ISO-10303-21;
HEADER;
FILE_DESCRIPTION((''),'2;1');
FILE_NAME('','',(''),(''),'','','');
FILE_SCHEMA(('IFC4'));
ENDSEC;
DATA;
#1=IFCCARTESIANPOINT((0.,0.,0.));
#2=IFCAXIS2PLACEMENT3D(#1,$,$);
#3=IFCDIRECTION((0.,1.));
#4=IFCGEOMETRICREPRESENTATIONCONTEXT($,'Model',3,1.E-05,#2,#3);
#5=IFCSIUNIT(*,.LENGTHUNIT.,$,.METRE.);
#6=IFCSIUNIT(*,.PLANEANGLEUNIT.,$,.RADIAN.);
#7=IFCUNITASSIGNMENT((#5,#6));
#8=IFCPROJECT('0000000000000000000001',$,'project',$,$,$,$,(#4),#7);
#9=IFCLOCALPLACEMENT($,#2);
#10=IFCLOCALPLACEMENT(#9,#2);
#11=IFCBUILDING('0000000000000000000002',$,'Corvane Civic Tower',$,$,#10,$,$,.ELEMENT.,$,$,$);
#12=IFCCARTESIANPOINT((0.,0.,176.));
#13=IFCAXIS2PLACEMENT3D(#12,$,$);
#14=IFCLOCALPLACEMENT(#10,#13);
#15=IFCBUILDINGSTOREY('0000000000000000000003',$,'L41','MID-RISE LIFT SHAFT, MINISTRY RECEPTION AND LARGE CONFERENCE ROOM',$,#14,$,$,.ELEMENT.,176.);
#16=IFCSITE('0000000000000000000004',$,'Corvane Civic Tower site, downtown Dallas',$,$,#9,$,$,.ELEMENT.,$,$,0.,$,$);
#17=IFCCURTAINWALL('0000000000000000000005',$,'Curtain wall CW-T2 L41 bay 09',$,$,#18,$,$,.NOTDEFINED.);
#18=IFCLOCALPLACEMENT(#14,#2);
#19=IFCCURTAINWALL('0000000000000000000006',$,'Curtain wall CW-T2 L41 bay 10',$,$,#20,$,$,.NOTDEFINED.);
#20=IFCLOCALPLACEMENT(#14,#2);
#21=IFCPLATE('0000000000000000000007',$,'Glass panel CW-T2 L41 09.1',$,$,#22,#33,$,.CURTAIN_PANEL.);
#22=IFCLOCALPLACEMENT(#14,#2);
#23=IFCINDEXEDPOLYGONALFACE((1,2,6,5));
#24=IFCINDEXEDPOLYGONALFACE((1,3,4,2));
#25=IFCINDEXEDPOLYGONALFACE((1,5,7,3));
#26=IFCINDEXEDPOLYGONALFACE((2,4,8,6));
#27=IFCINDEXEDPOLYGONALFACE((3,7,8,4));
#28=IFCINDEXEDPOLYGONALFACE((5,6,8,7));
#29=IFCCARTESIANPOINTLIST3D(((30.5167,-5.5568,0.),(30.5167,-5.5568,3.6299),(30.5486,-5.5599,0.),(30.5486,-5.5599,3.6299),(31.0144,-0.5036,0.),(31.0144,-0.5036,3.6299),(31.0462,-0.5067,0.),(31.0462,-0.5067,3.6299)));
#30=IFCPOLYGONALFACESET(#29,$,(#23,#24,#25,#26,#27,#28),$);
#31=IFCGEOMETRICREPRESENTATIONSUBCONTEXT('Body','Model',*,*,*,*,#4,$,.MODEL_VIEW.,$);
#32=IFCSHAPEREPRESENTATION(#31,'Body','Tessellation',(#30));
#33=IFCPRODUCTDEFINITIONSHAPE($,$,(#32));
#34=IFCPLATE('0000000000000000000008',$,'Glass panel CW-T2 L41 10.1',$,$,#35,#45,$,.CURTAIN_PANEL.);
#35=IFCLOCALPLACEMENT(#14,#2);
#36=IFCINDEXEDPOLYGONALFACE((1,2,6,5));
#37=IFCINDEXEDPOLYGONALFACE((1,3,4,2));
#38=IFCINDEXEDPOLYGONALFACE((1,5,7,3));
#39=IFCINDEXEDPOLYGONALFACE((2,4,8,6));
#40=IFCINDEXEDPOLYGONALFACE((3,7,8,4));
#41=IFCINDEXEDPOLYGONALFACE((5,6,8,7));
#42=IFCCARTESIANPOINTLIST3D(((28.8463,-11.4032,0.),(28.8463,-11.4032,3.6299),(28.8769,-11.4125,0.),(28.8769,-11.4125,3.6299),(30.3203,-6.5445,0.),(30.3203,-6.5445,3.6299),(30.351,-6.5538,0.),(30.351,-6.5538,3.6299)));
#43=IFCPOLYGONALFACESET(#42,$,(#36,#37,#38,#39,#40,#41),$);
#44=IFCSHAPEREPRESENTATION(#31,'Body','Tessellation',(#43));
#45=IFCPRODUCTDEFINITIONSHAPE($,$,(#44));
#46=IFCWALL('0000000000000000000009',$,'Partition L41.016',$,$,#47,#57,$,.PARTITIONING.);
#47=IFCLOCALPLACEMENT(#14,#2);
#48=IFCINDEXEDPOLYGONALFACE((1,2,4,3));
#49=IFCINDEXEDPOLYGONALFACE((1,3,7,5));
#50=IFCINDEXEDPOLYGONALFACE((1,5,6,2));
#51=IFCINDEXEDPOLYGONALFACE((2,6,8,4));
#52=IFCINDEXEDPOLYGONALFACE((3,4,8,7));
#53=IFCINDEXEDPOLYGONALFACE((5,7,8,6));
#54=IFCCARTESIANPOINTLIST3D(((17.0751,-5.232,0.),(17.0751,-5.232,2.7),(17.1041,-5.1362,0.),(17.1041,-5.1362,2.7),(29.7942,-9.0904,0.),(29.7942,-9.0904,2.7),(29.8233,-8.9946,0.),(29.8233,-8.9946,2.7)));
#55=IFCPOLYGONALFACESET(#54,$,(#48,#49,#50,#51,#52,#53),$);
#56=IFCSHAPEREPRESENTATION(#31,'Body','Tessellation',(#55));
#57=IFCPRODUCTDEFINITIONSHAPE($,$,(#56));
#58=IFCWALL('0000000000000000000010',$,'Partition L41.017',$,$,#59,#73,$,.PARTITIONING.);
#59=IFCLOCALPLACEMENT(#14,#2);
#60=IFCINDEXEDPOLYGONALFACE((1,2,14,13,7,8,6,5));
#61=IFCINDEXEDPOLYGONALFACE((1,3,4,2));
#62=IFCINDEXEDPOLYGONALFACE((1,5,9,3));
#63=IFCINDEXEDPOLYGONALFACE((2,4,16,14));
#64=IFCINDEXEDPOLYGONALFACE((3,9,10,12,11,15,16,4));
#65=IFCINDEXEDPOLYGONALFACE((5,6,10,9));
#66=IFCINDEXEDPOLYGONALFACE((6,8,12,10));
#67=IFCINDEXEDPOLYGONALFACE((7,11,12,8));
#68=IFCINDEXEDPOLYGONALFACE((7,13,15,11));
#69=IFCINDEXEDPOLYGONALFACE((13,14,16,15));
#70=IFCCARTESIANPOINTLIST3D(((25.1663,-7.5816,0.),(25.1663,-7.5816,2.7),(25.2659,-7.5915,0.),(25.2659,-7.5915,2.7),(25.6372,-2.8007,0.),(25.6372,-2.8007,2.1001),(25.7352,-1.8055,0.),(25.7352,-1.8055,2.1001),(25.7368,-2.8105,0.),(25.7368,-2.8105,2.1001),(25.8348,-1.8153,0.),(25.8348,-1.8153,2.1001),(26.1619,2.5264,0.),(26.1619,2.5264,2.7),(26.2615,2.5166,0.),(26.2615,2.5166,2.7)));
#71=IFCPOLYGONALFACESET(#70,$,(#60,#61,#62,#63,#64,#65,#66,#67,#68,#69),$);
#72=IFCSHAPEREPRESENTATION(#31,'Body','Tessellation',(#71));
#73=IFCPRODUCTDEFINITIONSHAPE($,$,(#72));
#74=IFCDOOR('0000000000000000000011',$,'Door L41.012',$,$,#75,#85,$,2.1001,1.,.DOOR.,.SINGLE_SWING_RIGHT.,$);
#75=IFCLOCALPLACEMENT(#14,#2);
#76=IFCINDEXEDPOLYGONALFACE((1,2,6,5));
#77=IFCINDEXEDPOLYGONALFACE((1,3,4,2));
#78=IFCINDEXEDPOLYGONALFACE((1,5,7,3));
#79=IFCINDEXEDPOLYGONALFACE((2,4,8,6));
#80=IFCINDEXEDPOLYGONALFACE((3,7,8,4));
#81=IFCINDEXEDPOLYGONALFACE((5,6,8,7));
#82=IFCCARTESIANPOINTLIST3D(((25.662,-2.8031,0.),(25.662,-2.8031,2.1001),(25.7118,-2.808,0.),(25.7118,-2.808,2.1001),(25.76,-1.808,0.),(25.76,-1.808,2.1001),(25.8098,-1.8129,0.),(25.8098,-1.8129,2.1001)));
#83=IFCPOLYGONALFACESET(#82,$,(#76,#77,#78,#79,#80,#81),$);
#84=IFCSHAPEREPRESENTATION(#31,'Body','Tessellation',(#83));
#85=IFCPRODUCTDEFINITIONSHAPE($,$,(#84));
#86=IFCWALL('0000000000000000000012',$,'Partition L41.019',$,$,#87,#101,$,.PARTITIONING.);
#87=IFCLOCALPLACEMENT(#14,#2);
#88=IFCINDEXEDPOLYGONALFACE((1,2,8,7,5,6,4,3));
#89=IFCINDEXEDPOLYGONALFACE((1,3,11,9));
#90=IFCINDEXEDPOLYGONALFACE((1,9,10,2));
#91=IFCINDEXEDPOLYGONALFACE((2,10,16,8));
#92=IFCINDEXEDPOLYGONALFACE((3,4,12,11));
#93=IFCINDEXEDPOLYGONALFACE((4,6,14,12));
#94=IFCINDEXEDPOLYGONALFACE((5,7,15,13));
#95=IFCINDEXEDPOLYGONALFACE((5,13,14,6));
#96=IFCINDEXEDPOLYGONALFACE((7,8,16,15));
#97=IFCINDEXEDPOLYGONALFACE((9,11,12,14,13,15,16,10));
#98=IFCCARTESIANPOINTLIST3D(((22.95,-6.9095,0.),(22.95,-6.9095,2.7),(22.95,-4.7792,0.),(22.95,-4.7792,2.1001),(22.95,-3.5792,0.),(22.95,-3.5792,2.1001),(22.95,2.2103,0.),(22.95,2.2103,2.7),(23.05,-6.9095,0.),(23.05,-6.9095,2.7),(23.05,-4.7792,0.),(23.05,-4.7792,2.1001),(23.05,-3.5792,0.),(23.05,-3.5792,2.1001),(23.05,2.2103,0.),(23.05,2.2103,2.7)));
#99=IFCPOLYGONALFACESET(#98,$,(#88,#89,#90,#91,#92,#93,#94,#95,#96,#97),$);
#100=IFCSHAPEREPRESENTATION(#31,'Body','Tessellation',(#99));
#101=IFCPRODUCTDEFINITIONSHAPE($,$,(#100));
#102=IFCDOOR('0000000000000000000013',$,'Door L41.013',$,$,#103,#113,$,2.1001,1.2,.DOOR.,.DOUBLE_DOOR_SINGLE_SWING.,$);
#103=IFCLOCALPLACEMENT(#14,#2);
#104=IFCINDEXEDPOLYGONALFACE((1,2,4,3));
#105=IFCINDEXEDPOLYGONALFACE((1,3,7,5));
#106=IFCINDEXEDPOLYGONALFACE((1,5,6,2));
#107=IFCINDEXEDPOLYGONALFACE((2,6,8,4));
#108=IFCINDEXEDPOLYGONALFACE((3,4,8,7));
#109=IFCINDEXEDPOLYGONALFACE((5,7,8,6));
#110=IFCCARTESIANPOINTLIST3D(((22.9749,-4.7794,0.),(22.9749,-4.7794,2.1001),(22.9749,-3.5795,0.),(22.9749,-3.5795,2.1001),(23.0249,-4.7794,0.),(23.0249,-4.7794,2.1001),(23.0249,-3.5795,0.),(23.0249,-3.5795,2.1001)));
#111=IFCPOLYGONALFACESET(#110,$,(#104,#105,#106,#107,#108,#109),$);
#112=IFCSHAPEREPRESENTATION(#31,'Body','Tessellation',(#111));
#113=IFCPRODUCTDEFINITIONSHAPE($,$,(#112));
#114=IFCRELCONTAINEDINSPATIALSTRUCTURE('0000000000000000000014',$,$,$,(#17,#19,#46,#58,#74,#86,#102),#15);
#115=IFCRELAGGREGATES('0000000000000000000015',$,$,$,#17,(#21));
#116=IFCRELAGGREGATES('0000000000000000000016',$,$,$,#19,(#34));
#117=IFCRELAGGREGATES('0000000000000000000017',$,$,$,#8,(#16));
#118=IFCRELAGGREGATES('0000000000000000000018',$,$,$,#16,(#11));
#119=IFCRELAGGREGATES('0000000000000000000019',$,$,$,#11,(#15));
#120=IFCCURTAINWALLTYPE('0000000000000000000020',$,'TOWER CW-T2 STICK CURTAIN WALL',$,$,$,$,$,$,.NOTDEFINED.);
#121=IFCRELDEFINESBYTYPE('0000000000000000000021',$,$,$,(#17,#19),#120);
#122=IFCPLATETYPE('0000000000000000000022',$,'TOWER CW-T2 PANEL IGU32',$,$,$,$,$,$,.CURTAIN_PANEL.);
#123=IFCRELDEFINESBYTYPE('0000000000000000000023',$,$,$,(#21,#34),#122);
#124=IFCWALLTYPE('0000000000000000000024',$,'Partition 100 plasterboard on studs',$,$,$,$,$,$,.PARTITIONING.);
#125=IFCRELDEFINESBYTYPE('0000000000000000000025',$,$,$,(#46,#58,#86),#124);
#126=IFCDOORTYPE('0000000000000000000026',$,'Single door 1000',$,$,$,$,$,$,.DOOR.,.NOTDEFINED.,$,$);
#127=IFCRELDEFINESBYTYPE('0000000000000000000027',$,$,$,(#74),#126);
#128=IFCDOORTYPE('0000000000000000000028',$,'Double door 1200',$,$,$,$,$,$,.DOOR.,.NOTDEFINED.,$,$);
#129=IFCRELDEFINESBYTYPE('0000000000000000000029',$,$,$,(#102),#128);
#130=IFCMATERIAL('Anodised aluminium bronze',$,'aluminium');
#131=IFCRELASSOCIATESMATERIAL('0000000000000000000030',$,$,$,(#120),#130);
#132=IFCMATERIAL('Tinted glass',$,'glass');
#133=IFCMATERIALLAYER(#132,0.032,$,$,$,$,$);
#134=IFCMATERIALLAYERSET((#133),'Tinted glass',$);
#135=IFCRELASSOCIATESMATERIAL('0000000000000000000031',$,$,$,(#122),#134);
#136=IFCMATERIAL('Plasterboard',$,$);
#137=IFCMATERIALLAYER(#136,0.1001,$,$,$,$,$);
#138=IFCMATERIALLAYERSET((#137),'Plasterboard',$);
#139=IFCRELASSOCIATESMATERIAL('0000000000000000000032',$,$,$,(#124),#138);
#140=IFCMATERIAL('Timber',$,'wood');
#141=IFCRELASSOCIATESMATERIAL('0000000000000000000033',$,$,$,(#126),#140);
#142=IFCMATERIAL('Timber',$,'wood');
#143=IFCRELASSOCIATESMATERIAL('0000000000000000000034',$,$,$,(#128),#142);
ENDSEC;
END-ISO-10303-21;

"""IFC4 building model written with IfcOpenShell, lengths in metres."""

from ifc_helpers import new_model, si_unit, direction, frame, frame_2d, origin, origin_2d, place, context, subcontext, project, spatial, rectangle, extrude, material, layer, layer_set, type_object, element, fill, aggregate, save


model = new_model("IFC4")

# Units and contexts
model_context = context("Model", 3, precision=1e-05, world=origin(), true_north=direction((0.0, 1.0)))
body_context = subcontext(model_context, "Body", "Model", "MODEL_VIEW")
ifc_project = project(units=[si_unit("LENGTHUNIT", "METRE"), si_unit("PLANEANGLEUNIT", "RADIAN")], contexts=[model_context])

# Site, building, storey
site_placement = place(None, origin())
site = spatial("IfcSite", under=ifc_project, at=site_placement, Name="Corvane Civic Tower site, downtown Dallas", CompositionType="ELEMENT", RefElevation=0.0)
building_placement = place(site_placement, origin())
building = spatial("IfcBuilding", under=site, at=building_placement, Name="Corvane Civic Tower", CompositionType="ELEMENT")
storey_placement = place(building_placement, frame((0.0, 0.0, 176.0)))
storey = spatial("IfcBuildingStorey", under=building, at=storey_placement, Name="L41", Description="MID-RISE LIFT SHAFT, MINISTRY RECEPTION AND LARGE CONFERENCE ROOM", CompositionType="ELEMENT", Elevation=176.0)

# Curtain walls
ifc_material_1 = material(Name="Anodised aluminium bronze", Category="aluminium")
curtain_wall_type = type_object("IfcCurtainWallType", Name="TOWER CW-T2 STICK CURTAIN WALL", PredefinedType="NOTDEFINED", material=ifc_material_1)
curtain_wall_1_placement = place(storey_placement, origin())
curtain_wall_1 = element("IfcCurtainWall", 1, at=curtain_wall_1_placement, inside=storey, type_object=curtain_wall_type, Name="Curtain wall CW-T2 L41 bay 09", PredefinedType="NOTDEFINED")
curtain_wall_2_placement = place(storey_placement, origin())
curtain_wall_2 = element("IfcCurtainWall", 2, at=curtain_wall_2_placement, inside=storey, type_object=curtain_wall_type, Name="Curtain wall CW-T2 L41 bay 10", PredefinedType="NOTDEFINED")

# Plates
ifc_material_2 = material(Name="Tinted glass", Category="glass")
ifc_layer_1 = layer(ifc_material_2, 0.032)
ifc_layer_set_1 = layer_set([ifc_layer_1], Name="Tinted glass")
plate_type = type_object("IfcPlateType", Name="TOWER CW-T2 PANEL IGU32", PredefinedType="CURTAIN_PANEL", material=ifc_layer_set_1)
plate_1_placement = place(storey_placement, frame((30.7815, -3.0317, 0.0), z_axis=(0.0, 0.0, 1.0), x_axis=(-0.098012, -0.995185, 0.0)))
plate_1 = element("IfcPlate", 3, at=plate_1_placement, type_object=plate_type, Name="Glass panel CW-T2 L41 09.1", PredefinedType="CURTAIN_PANEL", context=body_context, shape_type="SweptSolid", body=[
    extrude(rectangle(XDim=5.0776, YDim=0.032, at=origin_2d()), origin(), (0.0, 0.0, 1.0), 3.6299),
])
aggregate(curtain_wall_1, [plate_1])
plate_2_placement = place(storey_placement, frame((29.5986, -8.9785, 0.0), z_axis=(0.0, 0.0, 1.0), x_axis=(-0.290313, -0.956932, 0.0)))
plate_2 = element("IfcPlate", 4, at=plate_2_placement, type_object=plate_type, Name="Glass panel CW-T2 L41 10.1", PredefinedType="CURTAIN_PANEL", context=body_context, shape_type="SweptSolid", body=[
    extrude(rectangle(XDim=5.0774, YDim=0.032, at=origin_2d()), origin(), (0.0, 0.0, 1.0), 3.6299),
])
aggregate(curtain_wall_2, [plate_2])

# Wall
ifc_material_3 = material(Name="Plasterboard")
ifc_layer_2 = layer(ifc_material_3, 0.1001)
ifc_layer_set_2 = layer_set([ifc_layer_2], Name="Plasterboard")
wall_type_1 = type_object("IfcWallType", Name="Partition 100 plasterboard on studs", PredefinedType="PARTITIONING", material=ifc_layer_set_2)
wall_1_placement = place(storey_placement, frame((17.0896, -5.1841, 0.0), z_axis=(0.0, 0.0, 1.0), x_axis=(0.956939, -0.290289, 0.0)))
element("IfcWall", 5, at=wall_1_placement, inside=storey, type_object=wall_type_1, Name="Partition L41.016", PredefinedType="PARTITIONING", context=body_context, shape_type="SweptSolid", body=[
    extrude(rectangle(XDim=13.2915, YDim=0.1001, at=frame_2d((6.6458, 0.0))), origin(), (0.0, 0.0, 1.0), 2.7),
])

# Walls, openings, doors
wall_2_placement = place(storey_placement, frame((25.2161, -7.5867, 0.0), z_axis=(0.0, 0.0, 1.0), x_axis=(0.098021, 0.995184, 0.0)))
wall_2 = element("IfcWall", 6, at=wall_2_placement, inside=storey, type_object=wall_type_1, Name="Partition L41.017", PredefinedType="PARTITIONING", context=body_context, shape_type="SweptSolid", body=[
    extrude(rectangle(XDim=10.157, YDim=0.1001, at=frame_2d((5.0786, 0.0))), origin(), (0.0, 0.0, 1.0), 2.7),
])
opening_1_placement = place(wall_2_placement, frame((4.8042, 0.0, 0.0)))
opening_1 = element("IfcOpeningElement", 7, at=opening_1_placement, cuts=wall_2, PredefinedType="OPENING", context=body_context, shape_type="SweptSolid", body=[
    extrude(rectangle(XDim=1.0, YDim=2.1001, at=frame_2d((0.5, 1.05))), frame((0.0, 0.0601, 0.0), z_axis=(0.0, -1.0, 0.0), x_axis=(1.0, 0.0, 0.0)), (0.0, 0.0, 1.0), 0.1201),
])
ifc_material_4 = material(Name="Timber", Category="wood")
door_type_1 = type_object("IfcDoorType", Name="Single door 1000", OperationType="NOTDEFINED", PredefinedType="DOOR", material=ifc_material_4)
door_1_placement = place(opening_1_placement, frame((1.0, 0.0, 0.0), z_axis=(0.0, 0.0, 1.0), x_axis=(-1.0, 0.0, 0.0)))
door_1 = element("IfcDoor", 8, at=door_1_placement, inside=storey, type_object=door_type_1, Name="Door L41.012", OperationType="SINGLE_SWING_RIGHT", OverallHeight=2.1001, OverallWidth=1.0, PredefinedType="DOOR", context=body_context, shape_type="SweptSolid", body=[
    extrude(rectangle(XDim=1.0, YDim=2.1001, at=frame_2d((0.5, 1.05))), frame((0.0, 0.0249, 0.0), z_axis=(0.0, -1.0, 0.0), x_axis=(1.0, 0.0, 0.0)), (0.0, 0.0, 1.0), 0.05),
])
fill(opening_1, door_1)
wall_3_placement = place(storey_placement, frame((23.0, -6.9097, 0.0), z_axis=(0.0, 0.0, 1.0), x_axis=(0.0, 1.0, 0.0)))
wall_3 = element("IfcWall", 9, at=wall_3_placement, inside=storey, type_object=wall_type_1, Name="Partition L41.019", PredefinedType="PARTITIONING", context=body_context, shape_type="SweptSolid", body=[
    extrude(rectangle(XDim=9.1199, YDim=0.1001, at=frame_2d((4.5601, 0.0))), origin(), (0.0, 0.0, 1.0), 2.7),
])
opening_2_placement = place(wall_3_placement, frame((2.1304, 0.0, 0.0)))
opening_2 = element("IfcOpeningElement", 10, at=opening_2_placement, cuts=wall_3, PredefinedType="OPENING", context=body_context, shape_type="SweptSolid", body=[
    extrude(rectangle(XDim=1.2, YDim=2.1001, at=frame_2d((0.6001, 1.05))), frame((0.0, 0.0601, 0.0), z_axis=(0.0, -1.0, 0.0), x_axis=(1.0, 0.0, 0.0)), (0.0, 0.0, 1.0), 0.1201),
])
ifc_material_5 = material(Name="Timber", Category="wood")
door_type_2 = type_object("IfcDoorType", Name="Double door 1200", OperationType="NOTDEFINED", PredefinedType="DOOR", material=ifc_material_5)
door_2_placement = place(opening_2_placement, frame((1.2, 0.0, 0.0), z_axis=(0.0, 0.0, 1.0), x_axis=(-1.0, 0.0, 0.0)))
door_2 = element("IfcDoor", 11, at=door_2_placement, inside=storey, type_object=door_type_2, Name="Door L41.013", OperationType="DOUBLE_DOOR_SINGLE_SWING", OverallHeight=2.1001, OverallWidth=1.2, PredefinedType="DOOR", context=body_context, shape_type="SweptSolid", body=[
    extrude(rectangle(XDim=1.2, YDim=2.1001, at=frame_2d((0.6001, 1.05))), frame((0.0, 0.0249, 0.0), z_axis=(0.0, -1.0, 0.0), x_axis=(1.0, 0.0, 0.0)), (0.0, 0.0, 1.0), 0.05),
])
fill(opening_2, door_2)

save(model, "model.ifc")
